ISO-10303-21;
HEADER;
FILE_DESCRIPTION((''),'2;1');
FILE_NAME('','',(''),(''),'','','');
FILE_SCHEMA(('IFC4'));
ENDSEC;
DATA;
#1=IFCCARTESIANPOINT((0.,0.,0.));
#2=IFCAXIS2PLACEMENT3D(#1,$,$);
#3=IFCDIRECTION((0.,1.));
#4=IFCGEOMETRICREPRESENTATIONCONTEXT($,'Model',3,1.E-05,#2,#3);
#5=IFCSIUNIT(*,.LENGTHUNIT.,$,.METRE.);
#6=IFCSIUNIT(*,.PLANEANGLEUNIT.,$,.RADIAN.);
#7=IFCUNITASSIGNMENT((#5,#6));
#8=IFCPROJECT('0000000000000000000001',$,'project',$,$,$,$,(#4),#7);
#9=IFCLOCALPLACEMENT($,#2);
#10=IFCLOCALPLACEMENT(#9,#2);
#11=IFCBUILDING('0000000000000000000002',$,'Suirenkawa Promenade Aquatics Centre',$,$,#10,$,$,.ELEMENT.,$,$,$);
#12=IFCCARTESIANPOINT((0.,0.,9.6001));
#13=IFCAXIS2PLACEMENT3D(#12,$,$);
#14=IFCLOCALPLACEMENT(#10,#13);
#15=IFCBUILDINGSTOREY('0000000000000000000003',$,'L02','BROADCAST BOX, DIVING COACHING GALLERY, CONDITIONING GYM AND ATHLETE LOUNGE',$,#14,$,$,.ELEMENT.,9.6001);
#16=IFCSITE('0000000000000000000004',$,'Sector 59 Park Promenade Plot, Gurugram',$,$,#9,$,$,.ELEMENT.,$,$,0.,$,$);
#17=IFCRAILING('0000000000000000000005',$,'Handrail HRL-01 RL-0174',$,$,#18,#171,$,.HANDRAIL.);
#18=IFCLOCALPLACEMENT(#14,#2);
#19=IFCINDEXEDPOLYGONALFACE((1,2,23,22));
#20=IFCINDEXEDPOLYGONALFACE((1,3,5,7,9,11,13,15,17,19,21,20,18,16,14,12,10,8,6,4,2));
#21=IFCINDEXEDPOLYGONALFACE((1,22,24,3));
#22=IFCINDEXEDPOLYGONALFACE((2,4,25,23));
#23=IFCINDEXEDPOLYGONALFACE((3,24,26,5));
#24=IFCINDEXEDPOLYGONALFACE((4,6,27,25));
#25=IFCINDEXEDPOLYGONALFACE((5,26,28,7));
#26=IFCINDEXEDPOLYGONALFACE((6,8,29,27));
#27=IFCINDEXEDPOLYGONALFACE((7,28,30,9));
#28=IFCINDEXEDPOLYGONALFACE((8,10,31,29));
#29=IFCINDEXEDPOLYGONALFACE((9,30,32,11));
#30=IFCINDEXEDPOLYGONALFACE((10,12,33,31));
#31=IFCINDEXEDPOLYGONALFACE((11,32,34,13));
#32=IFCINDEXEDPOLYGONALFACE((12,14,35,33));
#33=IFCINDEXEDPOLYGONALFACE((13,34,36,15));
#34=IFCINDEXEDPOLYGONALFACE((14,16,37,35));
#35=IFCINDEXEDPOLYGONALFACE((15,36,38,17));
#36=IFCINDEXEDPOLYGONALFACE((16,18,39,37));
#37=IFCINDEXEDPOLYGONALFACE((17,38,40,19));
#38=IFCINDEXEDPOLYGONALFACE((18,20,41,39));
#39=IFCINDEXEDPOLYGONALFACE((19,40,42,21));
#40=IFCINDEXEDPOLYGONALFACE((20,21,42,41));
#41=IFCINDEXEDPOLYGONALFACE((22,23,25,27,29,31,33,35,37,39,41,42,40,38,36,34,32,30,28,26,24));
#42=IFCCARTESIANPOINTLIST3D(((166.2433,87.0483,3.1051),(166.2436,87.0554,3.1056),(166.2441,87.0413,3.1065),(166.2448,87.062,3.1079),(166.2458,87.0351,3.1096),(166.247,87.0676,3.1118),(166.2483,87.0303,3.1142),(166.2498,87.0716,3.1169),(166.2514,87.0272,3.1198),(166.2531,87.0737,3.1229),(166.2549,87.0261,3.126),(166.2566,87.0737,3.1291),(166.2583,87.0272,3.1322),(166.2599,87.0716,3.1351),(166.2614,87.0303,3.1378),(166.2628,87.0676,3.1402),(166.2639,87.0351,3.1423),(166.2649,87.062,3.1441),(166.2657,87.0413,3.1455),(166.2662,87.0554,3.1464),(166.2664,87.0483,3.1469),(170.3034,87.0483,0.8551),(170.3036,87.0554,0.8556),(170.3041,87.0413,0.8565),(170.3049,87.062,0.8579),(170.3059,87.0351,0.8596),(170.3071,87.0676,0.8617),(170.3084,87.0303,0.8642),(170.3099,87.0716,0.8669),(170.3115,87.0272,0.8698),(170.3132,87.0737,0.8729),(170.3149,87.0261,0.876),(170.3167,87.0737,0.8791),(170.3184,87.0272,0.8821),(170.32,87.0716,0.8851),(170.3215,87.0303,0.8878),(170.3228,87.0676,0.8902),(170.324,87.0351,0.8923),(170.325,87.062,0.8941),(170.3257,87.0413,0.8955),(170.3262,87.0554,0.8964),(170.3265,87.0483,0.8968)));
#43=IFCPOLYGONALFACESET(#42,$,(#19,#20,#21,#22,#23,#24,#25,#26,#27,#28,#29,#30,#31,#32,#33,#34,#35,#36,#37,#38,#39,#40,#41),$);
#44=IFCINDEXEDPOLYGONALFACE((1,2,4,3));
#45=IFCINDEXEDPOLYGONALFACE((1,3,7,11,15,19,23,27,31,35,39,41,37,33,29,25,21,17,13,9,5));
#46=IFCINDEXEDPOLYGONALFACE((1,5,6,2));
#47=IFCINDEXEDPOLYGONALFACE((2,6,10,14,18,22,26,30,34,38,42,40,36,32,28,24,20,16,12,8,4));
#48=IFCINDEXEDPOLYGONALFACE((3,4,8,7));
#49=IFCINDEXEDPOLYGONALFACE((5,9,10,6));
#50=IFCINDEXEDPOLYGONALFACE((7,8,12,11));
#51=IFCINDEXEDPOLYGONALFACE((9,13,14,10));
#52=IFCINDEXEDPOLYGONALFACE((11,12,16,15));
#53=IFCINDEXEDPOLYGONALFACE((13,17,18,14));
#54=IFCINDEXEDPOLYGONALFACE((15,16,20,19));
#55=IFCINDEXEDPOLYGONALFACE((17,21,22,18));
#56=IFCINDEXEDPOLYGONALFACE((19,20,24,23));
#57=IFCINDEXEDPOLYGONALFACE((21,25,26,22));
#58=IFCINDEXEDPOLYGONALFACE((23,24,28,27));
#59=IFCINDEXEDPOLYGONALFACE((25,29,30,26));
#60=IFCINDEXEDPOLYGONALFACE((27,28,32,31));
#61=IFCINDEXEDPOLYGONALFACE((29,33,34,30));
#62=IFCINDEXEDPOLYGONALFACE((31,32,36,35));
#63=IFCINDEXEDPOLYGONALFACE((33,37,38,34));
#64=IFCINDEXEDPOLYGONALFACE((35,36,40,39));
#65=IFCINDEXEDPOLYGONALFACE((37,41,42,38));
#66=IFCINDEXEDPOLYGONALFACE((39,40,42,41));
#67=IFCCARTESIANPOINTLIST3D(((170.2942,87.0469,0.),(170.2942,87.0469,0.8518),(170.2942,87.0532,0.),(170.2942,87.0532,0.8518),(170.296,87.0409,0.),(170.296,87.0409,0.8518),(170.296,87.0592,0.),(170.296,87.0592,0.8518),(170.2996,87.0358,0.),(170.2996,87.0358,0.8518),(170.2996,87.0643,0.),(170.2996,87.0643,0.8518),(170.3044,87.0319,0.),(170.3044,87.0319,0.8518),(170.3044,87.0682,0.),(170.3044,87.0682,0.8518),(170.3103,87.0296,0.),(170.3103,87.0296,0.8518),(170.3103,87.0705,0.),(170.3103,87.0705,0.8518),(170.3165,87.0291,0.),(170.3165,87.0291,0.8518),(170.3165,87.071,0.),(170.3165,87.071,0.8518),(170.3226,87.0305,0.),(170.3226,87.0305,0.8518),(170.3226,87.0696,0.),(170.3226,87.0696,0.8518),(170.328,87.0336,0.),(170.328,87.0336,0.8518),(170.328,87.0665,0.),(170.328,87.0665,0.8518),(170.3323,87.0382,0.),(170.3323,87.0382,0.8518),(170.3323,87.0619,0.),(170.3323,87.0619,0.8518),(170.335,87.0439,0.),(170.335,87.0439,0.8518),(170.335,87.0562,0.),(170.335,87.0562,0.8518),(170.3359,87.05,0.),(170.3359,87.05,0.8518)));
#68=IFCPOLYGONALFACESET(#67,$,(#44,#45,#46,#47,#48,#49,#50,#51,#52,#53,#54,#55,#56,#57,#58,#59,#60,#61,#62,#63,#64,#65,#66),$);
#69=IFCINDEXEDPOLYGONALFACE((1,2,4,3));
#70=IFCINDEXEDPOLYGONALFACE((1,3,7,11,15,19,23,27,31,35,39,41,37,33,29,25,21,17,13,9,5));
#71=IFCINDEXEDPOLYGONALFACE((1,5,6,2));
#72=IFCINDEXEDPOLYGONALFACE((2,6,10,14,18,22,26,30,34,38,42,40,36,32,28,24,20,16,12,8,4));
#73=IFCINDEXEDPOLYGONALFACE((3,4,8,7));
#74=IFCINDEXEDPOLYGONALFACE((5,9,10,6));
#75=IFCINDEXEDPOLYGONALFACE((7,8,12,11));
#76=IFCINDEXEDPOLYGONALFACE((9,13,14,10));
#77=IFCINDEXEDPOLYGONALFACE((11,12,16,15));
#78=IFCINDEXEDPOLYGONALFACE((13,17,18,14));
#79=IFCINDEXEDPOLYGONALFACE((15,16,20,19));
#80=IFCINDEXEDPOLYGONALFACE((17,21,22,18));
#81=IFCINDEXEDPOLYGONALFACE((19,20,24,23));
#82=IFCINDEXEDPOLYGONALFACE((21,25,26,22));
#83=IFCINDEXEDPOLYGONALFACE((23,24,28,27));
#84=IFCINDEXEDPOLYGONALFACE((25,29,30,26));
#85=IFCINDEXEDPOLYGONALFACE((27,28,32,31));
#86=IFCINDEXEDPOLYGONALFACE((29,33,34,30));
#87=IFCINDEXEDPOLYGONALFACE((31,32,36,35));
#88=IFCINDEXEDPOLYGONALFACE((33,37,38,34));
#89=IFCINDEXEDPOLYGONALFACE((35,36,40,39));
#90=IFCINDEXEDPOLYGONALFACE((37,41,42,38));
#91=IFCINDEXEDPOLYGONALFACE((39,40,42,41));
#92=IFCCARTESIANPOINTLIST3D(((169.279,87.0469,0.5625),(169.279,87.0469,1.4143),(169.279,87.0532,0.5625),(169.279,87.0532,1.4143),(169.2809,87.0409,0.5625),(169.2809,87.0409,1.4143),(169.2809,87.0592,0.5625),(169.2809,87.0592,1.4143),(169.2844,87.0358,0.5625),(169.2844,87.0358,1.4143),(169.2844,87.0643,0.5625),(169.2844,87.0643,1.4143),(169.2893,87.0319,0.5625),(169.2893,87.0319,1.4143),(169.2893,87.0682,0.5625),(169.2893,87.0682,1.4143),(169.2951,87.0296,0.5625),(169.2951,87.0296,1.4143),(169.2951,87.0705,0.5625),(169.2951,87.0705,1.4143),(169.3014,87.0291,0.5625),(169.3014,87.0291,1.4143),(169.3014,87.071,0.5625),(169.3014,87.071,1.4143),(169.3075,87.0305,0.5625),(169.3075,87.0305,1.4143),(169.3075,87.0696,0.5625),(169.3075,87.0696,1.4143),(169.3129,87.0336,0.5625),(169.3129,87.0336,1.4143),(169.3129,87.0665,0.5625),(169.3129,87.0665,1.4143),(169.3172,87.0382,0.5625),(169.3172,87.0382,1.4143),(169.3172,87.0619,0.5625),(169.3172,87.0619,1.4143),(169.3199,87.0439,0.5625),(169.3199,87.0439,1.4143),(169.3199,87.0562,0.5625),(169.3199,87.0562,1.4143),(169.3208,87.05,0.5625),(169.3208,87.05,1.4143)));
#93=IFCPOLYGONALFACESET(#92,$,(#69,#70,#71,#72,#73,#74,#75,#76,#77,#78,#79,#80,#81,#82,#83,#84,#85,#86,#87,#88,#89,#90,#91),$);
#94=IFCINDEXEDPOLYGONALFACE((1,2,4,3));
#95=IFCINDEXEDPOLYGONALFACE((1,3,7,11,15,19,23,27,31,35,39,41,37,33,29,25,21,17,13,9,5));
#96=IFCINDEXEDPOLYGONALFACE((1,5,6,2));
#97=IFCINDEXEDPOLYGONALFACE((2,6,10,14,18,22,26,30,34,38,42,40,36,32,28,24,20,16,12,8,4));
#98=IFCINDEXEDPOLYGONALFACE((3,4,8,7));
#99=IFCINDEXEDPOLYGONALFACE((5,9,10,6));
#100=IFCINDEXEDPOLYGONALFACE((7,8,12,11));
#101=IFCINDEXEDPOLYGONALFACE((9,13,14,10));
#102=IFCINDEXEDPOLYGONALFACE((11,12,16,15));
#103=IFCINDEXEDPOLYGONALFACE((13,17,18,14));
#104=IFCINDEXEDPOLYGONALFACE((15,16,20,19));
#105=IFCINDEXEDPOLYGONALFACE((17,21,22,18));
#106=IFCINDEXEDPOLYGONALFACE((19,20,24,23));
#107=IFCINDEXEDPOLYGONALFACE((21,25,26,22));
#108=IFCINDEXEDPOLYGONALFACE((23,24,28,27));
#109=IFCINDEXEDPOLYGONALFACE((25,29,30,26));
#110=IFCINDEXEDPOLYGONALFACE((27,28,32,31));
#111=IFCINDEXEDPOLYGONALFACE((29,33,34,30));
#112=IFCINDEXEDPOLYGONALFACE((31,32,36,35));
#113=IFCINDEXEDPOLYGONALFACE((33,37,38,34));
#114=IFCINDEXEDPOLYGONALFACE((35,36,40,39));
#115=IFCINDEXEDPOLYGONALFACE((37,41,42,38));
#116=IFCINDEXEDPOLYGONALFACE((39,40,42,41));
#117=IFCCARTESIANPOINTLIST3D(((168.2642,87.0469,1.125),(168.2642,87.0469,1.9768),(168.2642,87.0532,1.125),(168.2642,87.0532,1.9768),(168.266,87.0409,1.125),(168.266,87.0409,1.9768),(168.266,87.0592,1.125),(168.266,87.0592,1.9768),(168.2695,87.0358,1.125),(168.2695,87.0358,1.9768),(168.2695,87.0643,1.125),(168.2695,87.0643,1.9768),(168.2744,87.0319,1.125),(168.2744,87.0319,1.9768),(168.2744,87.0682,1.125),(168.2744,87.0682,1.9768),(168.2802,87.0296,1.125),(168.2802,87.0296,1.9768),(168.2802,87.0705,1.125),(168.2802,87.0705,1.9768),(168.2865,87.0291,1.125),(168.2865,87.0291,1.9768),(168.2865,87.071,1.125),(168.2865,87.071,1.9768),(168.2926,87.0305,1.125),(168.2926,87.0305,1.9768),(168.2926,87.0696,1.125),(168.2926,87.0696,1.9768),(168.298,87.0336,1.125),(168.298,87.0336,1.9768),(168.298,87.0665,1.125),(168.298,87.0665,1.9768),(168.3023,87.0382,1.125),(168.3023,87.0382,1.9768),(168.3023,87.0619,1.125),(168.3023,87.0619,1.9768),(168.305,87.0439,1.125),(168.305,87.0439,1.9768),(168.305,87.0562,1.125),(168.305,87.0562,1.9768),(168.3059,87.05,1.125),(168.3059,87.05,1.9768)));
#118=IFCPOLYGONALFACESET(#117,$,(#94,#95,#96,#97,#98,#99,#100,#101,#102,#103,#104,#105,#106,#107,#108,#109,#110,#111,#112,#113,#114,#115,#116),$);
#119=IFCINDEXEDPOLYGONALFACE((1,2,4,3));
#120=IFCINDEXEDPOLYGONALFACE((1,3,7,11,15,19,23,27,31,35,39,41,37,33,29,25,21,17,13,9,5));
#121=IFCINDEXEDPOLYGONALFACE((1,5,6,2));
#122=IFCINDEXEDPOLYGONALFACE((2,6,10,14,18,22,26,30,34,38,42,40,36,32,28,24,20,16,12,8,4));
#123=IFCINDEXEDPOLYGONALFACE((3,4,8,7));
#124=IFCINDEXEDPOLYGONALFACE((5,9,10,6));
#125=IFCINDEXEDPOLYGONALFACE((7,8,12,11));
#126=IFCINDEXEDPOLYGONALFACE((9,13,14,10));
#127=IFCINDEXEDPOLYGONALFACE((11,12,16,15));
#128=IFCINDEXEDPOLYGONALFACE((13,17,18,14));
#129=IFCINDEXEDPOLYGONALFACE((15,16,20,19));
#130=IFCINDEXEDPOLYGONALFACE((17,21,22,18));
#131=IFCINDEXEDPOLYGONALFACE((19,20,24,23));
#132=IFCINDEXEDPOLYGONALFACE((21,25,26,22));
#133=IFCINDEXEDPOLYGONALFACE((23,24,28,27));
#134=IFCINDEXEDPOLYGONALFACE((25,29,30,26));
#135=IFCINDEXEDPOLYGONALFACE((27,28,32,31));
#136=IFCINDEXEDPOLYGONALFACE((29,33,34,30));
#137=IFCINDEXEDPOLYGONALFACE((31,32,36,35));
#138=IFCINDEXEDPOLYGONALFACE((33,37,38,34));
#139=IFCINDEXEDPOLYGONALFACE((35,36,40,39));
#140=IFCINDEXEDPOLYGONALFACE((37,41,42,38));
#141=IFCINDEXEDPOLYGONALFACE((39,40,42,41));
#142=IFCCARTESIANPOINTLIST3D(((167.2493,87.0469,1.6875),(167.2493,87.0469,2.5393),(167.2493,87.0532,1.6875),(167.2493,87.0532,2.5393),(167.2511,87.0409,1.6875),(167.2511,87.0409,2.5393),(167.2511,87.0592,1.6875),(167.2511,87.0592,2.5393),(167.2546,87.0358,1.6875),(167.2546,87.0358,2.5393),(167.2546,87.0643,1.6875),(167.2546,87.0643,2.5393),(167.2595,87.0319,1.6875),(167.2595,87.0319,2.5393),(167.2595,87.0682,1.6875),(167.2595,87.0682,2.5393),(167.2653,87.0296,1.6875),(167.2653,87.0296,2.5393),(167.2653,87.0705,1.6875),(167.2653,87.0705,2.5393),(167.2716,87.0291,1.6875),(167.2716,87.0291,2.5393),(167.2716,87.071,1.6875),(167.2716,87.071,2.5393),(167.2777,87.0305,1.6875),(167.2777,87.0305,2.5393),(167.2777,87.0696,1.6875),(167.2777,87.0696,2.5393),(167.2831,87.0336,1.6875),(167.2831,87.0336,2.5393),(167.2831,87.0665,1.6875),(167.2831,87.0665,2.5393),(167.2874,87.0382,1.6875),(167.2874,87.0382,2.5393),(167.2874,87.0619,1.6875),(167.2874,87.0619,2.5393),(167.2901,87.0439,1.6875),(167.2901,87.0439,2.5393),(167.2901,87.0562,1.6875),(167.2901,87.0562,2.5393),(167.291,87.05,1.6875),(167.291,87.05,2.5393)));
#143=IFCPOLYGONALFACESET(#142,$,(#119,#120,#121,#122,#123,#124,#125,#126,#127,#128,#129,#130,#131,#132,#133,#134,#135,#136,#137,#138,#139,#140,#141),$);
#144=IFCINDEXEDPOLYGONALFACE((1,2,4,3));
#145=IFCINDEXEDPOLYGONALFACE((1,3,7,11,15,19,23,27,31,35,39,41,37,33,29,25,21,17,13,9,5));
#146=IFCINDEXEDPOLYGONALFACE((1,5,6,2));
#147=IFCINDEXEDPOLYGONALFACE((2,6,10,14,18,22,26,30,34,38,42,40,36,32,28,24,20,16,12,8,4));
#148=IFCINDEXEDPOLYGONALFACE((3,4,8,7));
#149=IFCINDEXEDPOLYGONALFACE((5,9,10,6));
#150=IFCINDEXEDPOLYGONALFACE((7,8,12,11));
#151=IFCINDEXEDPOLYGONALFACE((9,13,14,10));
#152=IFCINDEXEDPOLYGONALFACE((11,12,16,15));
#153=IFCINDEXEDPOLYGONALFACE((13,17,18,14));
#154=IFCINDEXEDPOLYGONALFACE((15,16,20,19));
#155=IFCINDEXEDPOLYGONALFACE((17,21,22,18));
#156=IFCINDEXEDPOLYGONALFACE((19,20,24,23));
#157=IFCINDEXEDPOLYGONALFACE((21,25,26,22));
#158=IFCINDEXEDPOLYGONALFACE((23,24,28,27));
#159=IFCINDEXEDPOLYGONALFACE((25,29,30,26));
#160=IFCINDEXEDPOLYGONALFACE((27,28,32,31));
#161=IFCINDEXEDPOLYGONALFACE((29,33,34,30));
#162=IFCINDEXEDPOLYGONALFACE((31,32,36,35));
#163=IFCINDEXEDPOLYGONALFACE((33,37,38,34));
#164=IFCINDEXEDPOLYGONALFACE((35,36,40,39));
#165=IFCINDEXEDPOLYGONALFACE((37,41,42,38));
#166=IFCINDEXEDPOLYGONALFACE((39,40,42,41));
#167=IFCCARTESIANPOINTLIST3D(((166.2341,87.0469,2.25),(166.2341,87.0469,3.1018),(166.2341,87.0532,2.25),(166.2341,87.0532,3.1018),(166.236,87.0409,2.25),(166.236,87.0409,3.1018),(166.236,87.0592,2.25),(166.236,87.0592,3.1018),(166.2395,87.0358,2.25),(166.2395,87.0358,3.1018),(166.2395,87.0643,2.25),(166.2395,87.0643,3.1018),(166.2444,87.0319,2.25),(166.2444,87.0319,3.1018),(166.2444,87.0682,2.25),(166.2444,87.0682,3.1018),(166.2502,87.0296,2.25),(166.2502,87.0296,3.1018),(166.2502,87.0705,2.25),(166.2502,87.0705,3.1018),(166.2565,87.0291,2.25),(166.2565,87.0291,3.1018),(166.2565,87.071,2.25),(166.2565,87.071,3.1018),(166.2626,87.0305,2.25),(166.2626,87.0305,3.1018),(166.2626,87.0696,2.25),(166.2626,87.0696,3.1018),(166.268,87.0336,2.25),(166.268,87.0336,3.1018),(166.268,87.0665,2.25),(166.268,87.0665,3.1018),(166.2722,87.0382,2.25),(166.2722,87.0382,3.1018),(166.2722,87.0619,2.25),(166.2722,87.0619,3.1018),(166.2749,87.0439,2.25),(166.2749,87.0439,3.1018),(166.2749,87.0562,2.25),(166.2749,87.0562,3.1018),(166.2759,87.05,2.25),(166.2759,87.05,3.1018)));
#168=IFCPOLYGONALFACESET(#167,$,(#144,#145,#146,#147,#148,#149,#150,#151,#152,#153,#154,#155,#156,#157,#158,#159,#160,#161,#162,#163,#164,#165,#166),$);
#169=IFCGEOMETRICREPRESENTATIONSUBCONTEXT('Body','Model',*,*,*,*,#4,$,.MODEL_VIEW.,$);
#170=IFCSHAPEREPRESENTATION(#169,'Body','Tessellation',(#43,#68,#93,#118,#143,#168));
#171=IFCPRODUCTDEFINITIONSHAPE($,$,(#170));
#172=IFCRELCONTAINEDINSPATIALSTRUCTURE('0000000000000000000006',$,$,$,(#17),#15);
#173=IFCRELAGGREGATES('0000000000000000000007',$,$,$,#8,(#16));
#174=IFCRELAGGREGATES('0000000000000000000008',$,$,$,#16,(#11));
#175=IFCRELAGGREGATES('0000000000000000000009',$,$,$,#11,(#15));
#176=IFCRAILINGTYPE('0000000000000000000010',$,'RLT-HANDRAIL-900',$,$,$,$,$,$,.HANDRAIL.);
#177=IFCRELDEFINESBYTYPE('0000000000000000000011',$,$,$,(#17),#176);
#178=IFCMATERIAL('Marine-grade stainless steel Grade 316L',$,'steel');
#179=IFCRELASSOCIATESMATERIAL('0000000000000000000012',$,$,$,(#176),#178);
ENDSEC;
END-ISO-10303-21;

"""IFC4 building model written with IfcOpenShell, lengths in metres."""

from ifc_helpers import new_model, si_unit, direction, frame, origin, origin_2d, place, context, subcontext, project, spatial, circle, extrude, material, type_object, element, save


model = new_model("IFC4")

# Units and contexts
model_context = context("Model", 3, precision=1e-05, world=origin(), true_north=direction((0.0, 1.0)))
body_context = subcontext(model_context, "Body", "Model", "MODEL_VIEW")
ifc_project = project(units=[si_unit("LENGTHUNIT", "METRE"), si_unit("PLANEANGLEUNIT", "RADIAN")], contexts=[model_context])

# Site, building, storey
site_placement = place(None, origin())
site = spatial("IfcSite", under=ifc_project, at=site_placement, Name="Sector 59 Park Promenade Plot, Gurugram", CompositionType="ELEMENT", RefElevation=0.0)
building_placement = place(site_placement, origin())
building = spatial("IfcBuilding", under=site, at=building_placement, Name="Suirenkawa Promenade Aquatics Centre", CompositionType="ELEMENT")
storey_placement = place(building_placement, frame((0.0, 0.0, 9.6001)))
storey = spatial("IfcBuildingStorey", under=building, at=storey_placement, Name="L02", Description="BROADCAST BOX, DIVING COACHING GALLERY, CONDITIONING GYM AND ATHLETE LOUNGE", CompositionType="ELEMENT", Elevation=9.6001)

# Railing
ifc_material_1 = material(Name="Marine-grade stainless steel Grade 316L", Category="steel")
railing_type_1 = type_object("IfcRailingType", Name="RLT-HANDRAIL-900", PredefinedType="HANDRAIL", material=ifc_material_1)
railing_1_placement = place(storey_placement, frame((170.3149, 87.05, 0.0)))
element("IfcRailing", 1, at=railing_1_placement, inside=storey, type_object=railing_type_1, Name="Handrail HRL-01 RL-0174", PredefinedType="HANDRAIL", context=body_context, shape_type="SweptSolid", body=[
    extrude(circle(Radius=0.0239, at=origin_2d()), frame((0.0, 0.0, 0.876), z_axis=(-0.874668, 0.0, 0.484723), x_axis=(0.0, -1.0, 0.0)), (0.0, 0.0, 1.0), 4.6418),
    extrude(circle(Radius=0.021, at=origin_2d()), origin(), (0.0, 0.0, 1.0), 0.8518),
    extrude(circle(Radius=0.021, at=origin_2d()), frame((-1.0151, 0.0, 0.5625)), (0.0, 0.0, 1.0), 0.8518),
    extrude(circle(Radius=0.021, at=origin_2d()), frame((-2.03, 0.0, 1.125)), (0.0, 0.0, 1.0), 0.8518),
    extrude(circle(Radius=0.021, at=origin_2d()), frame((-3.0449, 0.0, 1.6875)), (0.0, 0.0, 1.0), 0.8518),
    extrude(circle(Radius=0.021, at=origin_2d()), frame((-4.0601, 0.0, 2.25)), (0.0, 0.0, 1.0), 0.8518),
])

save(model, "model.ifc")
